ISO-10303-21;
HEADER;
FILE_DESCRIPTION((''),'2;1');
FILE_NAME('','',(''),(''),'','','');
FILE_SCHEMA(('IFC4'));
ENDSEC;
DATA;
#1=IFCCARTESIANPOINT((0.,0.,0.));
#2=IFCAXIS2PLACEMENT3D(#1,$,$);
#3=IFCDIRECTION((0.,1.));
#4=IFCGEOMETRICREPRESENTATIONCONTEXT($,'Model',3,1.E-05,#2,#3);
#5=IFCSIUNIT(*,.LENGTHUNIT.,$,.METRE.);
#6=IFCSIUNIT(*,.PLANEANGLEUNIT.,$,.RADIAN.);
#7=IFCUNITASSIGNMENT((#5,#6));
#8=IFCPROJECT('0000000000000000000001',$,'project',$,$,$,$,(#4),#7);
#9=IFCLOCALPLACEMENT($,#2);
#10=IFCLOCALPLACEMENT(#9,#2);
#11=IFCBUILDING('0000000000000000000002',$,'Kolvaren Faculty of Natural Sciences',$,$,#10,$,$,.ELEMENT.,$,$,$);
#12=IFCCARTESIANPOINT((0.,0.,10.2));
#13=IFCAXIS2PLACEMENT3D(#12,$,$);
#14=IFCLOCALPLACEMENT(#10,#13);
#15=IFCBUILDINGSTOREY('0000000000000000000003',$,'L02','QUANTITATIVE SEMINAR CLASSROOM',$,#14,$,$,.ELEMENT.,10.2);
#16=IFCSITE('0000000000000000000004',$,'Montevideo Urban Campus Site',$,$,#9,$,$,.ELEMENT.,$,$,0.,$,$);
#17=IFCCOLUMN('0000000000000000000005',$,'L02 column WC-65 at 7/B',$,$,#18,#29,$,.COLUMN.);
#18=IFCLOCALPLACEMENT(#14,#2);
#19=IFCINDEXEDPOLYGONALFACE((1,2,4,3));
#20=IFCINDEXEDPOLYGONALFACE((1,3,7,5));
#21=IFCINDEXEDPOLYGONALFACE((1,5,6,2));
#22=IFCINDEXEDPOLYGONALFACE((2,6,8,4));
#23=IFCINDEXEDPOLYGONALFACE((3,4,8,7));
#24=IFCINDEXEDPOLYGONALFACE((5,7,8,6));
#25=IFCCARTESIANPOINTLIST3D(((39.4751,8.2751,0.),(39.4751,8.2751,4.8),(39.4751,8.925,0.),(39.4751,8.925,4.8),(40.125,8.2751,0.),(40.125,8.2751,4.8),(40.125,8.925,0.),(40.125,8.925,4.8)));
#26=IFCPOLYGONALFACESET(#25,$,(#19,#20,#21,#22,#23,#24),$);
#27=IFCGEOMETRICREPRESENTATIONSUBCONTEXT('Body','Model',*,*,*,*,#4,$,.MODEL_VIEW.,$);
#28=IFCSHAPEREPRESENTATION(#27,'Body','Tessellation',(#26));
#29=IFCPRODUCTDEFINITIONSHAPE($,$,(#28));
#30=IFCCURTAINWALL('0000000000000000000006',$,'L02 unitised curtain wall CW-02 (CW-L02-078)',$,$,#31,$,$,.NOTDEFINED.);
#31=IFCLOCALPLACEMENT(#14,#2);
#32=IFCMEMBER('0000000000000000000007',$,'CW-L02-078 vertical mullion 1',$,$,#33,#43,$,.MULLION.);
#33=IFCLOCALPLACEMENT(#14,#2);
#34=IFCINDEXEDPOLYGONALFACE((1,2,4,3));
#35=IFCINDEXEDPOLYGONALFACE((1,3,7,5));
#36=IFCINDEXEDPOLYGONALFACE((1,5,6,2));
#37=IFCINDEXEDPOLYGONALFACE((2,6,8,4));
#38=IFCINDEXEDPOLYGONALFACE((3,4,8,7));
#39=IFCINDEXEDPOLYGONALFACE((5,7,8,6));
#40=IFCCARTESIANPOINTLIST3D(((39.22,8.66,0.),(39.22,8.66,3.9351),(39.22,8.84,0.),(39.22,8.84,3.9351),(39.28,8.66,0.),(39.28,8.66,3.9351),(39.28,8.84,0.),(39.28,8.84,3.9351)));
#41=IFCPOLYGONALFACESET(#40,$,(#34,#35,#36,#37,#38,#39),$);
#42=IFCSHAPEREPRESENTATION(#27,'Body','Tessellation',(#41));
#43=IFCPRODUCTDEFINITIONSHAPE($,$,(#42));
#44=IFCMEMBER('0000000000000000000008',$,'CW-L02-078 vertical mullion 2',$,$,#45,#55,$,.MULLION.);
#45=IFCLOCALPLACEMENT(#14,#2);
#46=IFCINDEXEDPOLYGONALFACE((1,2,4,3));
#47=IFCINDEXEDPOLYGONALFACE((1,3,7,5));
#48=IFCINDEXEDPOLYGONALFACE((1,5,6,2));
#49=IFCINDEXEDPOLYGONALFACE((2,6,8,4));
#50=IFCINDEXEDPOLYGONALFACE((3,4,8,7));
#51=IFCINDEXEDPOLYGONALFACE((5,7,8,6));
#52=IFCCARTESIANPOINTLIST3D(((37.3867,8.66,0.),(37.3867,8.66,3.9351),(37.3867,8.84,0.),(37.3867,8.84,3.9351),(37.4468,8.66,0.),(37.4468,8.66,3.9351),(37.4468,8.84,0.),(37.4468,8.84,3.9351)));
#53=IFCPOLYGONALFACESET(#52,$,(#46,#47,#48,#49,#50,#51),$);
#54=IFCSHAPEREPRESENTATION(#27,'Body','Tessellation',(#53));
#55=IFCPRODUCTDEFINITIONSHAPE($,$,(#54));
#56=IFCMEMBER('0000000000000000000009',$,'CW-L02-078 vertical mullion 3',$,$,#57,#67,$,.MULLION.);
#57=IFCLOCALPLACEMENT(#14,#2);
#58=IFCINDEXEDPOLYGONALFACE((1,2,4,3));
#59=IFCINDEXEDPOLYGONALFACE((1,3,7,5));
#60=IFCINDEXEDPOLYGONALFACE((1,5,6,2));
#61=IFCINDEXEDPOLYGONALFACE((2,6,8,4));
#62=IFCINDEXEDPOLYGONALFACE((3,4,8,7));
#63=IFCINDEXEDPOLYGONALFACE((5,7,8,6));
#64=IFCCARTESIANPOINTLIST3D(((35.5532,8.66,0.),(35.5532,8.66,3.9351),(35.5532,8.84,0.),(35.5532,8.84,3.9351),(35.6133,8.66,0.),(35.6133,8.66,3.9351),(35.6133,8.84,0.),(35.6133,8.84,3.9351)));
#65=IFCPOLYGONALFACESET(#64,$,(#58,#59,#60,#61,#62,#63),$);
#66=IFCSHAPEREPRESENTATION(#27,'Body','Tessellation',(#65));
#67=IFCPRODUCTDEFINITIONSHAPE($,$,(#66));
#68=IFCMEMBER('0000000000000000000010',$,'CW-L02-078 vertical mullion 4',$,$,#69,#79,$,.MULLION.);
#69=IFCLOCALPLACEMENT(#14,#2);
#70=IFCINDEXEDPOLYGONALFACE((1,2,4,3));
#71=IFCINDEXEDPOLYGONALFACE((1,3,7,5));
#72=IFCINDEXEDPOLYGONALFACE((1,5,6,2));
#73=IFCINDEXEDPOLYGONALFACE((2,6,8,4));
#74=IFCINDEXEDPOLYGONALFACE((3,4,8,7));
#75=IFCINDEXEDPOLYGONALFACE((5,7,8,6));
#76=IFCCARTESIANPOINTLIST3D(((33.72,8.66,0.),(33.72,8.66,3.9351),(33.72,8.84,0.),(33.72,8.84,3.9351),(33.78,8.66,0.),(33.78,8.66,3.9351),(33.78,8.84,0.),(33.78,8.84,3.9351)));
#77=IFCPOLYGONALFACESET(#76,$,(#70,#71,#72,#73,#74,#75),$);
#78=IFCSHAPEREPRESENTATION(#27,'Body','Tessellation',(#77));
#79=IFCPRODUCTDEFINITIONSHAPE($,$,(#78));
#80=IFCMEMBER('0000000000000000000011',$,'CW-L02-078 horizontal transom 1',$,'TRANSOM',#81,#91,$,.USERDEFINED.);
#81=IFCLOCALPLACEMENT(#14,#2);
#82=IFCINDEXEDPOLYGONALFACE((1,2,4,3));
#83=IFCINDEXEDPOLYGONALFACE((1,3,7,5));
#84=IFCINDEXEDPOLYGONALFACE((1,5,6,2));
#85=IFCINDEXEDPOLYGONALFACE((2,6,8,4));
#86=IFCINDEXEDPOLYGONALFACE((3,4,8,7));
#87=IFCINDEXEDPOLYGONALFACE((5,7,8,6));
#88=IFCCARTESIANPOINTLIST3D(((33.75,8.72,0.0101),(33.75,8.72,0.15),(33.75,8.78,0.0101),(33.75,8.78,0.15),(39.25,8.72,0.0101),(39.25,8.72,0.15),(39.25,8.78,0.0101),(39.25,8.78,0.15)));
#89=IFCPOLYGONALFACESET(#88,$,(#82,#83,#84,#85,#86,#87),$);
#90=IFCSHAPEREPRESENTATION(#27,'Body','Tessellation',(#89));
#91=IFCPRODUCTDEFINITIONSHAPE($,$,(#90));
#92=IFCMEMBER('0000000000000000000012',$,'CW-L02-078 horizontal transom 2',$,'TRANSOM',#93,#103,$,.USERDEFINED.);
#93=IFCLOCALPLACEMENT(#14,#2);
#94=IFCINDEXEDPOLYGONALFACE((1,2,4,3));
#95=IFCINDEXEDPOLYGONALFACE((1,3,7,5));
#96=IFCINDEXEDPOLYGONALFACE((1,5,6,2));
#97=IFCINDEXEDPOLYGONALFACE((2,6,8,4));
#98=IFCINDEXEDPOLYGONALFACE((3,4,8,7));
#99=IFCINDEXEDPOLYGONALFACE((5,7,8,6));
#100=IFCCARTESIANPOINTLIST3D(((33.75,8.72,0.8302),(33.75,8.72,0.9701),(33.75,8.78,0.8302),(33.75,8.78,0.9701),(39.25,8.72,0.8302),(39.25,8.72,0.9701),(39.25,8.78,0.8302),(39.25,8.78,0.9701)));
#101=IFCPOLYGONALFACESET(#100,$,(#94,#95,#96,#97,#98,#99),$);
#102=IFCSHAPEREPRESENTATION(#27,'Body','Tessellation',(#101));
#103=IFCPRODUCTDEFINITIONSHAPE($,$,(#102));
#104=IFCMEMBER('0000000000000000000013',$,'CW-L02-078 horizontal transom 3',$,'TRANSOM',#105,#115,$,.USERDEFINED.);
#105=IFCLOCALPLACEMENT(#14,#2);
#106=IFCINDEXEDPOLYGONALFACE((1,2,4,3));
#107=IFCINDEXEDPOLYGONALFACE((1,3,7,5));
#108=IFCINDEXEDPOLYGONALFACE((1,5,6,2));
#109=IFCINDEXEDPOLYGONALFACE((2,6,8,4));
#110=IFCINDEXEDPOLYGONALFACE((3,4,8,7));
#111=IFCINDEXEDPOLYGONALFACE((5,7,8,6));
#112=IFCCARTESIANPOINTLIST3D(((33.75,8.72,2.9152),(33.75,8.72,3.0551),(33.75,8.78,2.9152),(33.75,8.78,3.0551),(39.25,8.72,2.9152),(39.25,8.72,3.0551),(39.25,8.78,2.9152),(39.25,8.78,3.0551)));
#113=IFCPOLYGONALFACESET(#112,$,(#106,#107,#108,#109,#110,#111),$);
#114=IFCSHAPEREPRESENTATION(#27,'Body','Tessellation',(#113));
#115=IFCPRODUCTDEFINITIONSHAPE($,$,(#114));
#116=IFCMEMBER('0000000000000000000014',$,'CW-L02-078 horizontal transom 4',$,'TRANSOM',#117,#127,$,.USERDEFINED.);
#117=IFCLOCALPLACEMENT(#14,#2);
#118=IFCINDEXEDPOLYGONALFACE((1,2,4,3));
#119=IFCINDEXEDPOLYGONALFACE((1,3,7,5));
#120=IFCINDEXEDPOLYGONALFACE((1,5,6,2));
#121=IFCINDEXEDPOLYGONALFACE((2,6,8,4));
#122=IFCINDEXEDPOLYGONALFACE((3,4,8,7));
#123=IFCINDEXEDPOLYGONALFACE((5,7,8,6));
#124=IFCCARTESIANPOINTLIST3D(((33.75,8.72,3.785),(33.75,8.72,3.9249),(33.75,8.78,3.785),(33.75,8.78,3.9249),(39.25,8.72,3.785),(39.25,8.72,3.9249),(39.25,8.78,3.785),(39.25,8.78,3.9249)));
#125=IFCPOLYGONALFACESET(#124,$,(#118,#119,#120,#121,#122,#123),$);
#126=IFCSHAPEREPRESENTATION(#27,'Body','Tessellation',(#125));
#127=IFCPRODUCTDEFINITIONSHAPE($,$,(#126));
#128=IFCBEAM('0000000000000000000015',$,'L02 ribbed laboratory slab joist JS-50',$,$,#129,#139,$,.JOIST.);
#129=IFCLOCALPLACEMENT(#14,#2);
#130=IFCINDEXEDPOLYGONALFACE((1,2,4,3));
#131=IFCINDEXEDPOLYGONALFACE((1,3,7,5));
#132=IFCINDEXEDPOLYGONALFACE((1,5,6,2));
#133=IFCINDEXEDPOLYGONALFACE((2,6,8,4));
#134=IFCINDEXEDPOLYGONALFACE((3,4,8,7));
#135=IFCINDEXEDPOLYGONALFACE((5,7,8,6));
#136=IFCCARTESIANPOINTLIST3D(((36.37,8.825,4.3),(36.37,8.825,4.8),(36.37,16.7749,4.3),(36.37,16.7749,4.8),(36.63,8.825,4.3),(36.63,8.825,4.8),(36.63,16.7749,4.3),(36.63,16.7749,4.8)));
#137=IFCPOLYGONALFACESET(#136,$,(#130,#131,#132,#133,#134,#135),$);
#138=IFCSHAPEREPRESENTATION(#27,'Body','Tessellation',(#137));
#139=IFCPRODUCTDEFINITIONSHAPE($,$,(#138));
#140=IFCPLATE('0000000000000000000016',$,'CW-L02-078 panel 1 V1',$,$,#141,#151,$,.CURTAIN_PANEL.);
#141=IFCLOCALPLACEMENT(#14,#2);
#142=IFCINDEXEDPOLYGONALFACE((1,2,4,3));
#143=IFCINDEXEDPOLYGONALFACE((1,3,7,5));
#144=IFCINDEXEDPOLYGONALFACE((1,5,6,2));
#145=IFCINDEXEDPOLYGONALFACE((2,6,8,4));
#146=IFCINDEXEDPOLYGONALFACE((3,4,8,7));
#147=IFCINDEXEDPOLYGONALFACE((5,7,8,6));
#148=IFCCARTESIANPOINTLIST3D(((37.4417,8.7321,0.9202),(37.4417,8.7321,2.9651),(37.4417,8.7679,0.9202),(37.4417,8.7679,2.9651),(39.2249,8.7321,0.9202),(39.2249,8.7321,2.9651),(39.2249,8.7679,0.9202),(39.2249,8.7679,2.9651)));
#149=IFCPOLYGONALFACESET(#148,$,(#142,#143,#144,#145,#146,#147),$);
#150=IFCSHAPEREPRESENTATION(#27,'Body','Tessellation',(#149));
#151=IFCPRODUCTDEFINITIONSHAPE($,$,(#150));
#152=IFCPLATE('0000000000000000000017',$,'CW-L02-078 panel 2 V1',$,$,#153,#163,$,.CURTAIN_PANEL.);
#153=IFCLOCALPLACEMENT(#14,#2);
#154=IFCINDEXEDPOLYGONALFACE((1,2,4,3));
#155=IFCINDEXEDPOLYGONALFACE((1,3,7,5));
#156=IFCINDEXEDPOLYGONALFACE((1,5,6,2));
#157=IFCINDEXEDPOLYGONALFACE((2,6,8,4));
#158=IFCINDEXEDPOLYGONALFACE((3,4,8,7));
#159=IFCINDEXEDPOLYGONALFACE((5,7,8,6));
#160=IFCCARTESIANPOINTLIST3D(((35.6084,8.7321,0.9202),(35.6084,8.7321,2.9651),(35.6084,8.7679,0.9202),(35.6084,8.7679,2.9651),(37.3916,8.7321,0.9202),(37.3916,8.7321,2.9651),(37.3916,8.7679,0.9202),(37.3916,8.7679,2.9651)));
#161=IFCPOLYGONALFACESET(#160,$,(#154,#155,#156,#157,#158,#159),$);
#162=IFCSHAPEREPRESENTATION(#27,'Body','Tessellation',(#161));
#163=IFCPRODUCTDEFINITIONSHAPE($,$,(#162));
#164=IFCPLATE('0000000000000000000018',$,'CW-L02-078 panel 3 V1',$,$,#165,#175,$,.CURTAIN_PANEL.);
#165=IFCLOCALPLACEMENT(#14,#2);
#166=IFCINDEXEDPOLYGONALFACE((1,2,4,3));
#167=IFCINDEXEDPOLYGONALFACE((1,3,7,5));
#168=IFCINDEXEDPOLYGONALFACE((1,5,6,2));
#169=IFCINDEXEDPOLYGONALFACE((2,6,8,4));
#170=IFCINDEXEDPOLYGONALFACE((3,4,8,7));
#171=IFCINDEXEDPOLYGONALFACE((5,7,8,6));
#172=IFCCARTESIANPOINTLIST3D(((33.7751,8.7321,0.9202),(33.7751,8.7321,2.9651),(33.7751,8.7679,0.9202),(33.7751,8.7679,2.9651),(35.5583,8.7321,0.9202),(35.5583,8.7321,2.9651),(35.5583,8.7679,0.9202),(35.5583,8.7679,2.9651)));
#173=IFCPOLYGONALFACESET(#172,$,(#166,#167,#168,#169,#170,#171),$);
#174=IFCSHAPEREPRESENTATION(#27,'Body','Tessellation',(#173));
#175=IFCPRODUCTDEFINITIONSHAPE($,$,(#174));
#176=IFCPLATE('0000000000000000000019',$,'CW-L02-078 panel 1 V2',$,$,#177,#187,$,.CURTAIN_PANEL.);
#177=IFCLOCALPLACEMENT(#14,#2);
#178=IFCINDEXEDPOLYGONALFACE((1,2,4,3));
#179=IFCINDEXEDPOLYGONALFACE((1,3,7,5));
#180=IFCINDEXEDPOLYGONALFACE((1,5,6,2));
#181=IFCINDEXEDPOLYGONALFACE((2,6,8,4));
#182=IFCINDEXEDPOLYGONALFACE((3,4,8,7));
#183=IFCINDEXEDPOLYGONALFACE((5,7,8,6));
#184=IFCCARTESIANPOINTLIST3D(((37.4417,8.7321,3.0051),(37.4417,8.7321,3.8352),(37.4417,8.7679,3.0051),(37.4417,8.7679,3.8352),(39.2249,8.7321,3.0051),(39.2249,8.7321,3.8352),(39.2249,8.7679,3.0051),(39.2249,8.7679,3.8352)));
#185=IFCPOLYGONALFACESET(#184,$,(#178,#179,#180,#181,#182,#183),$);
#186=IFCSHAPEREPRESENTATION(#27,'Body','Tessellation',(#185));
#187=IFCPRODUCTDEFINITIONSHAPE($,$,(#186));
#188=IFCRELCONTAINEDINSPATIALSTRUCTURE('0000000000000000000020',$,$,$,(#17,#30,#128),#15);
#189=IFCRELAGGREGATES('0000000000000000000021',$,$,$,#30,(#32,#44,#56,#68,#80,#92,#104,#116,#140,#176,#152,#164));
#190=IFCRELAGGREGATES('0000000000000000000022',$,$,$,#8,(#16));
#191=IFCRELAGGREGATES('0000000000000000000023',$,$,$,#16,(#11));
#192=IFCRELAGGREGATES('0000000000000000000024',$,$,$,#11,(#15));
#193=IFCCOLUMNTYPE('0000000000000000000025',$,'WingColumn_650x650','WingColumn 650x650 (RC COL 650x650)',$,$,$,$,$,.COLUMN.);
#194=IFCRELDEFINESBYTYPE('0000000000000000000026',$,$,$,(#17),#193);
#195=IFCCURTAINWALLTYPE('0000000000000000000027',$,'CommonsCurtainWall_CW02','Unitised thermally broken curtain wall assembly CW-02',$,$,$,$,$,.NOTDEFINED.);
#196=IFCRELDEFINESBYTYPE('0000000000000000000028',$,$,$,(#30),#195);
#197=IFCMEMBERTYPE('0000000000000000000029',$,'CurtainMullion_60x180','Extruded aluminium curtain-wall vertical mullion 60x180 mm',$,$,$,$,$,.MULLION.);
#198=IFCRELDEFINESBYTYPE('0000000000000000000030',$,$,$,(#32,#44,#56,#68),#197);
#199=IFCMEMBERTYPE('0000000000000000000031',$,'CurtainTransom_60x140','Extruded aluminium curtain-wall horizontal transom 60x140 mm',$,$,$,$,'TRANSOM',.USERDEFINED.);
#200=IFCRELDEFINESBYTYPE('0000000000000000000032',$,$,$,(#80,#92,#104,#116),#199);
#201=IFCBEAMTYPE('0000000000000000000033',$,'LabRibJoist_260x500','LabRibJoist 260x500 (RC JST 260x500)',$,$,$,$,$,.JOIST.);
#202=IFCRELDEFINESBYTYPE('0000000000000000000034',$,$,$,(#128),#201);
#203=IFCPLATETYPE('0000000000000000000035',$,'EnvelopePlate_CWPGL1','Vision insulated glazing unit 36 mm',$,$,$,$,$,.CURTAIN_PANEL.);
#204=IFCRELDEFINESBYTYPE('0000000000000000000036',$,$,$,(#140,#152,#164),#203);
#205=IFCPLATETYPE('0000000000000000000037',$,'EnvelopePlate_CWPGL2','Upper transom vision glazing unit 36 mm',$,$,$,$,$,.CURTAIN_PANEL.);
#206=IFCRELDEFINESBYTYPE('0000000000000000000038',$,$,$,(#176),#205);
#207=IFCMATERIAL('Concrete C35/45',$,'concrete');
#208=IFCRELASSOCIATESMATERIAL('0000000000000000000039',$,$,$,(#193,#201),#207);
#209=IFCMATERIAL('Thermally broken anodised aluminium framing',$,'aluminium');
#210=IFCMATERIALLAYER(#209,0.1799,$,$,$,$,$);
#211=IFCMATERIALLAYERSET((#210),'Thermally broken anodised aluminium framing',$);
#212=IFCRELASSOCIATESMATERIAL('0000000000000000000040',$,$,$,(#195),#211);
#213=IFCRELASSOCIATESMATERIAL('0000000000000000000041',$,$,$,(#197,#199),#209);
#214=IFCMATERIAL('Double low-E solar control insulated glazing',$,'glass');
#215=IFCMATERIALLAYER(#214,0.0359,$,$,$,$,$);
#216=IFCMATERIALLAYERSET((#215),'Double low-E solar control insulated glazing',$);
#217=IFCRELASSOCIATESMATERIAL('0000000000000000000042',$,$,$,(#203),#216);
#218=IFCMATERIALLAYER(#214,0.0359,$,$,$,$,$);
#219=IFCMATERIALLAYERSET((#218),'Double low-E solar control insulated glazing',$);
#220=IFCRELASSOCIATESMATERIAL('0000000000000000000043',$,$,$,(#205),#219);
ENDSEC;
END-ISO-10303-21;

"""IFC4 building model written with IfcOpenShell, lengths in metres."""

from ifc_helpers import new_model, si_unit, direction, frame, origin, origin_2d, place, context, subcontext, project, spatial, rectangle, extrude, material, layer, layer_set, material_profile, profile_set, type_object, element, aggregate, save


model = new_model("IFC4")

# Units and contexts
model_context = context("Model", 3, precision=1e-05, world=origin(), true_north=direction((0.0, 1.0)))
body_context = subcontext(model_context, "Body", "Model", "MODEL_VIEW")
ifc_project = project(units=[si_unit("LENGTHUNIT", "METRE"), si_unit("PLANEANGLEUNIT", "RADIAN")], contexts=[model_context])

# Site, building, storey
site_placement = place(None, origin())
site = spatial("IfcSite", under=ifc_project, at=site_placement, Name="Montevideo Urban Campus Site", CompositionType="ELEMENT", RefElevation=0.0)
building_placement = place(site_placement, origin())
building = spatial("IfcBuilding", under=site, at=building_placement, Name="Kolvaren Faculty of Natural Sciences", CompositionType="ELEMENT")
storey_placement = place(building_placement, frame((0.0, 0.0, 10.2)))
storey = spatial("IfcBuildingStorey", under=building, at=storey_placement, Name="L02", Description="QUANTITATIVE SEMINAR CLASSROOM", CompositionType="ELEMENT", Elevation=10.2)

# Column
ifc_material_1 = material(Name="Concrete C35/45", Category="concrete")
ifc_material_profile_1 = material_profile(ifc_material_1, rectangle(XDim=0.6499, YDim=0.6499, at=origin_2d()), Name="RC COL 650x650")
ifc_profile_set_1 = profile_set([ifc_material_profile_1], Name="Concrete C35/45")
column_type = type_object("IfcColumnType", Name="WingColumn_650x650", Description="WingColumn 650x650 (RC COL 650x650)", PredefinedType="COLUMN", material=ifc_profile_set_1)
column_placement = place(storey_placement, frame((39.8, 8.6001, 0.0), z_axis=(0.0, 0.0, 1.0), x_axis=(1.0, 0.0, 0.0)))
element("IfcColumn", 1, at=column_placement, inside=storey, type_object=column_type, Name="L02 column WC-65 at 7/B", PredefinedType="COLUMN", context=body_context, shape_type="SweptSolid", body=[
    extrude(rectangle(XDim=0.6499, YDim=0.6499, at=origin_2d()), origin(), (0.0, 0.0, 1.0), 4.8),
])

# Curtain wall, members
ifc_material_2 = material(Name="Thermally broken anodised aluminium framing", Category="aluminium")
ifc_layer_1 = layer(ifc_material_2, 0.1799)
ifc_layer_set_1 = layer_set([ifc_layer_1], Name="Thermally broken anodised aluminium framing")
curtain_wall_type = type_object("IfcCurtainWallType", Name="CommonsCurtainWall_CW02", Description="Unitised thermally broken curtain wall assembly CW-02", PredefinedType="NOTDEFINED", material=ifc_layer_set_1)
curtain_wall_placement = place(storey_placement, origin())
curtain_wall = element("IfcCurtainWall", 2, at=curtain_wall_placement, inside=storey, type_object=curtain_wall_type, Name="L02 unitised curtain wall CW-02 (CW-L02-078)", PredefinedType="NOTDEFINED")
ifc_material_profile_2 = material_profile(ifc_material_2, rectangle(XDim=0.0601, YDim=0.1799, at=origin_2d()), Name="ALU MUL 60x180")
ifc_profile_set_2 = profile_set([ifc_material_profile_2], Name="Thermally broken anodised aluminium framing")
member_type_1 = type_object("IfcMemberType", Name="CurtainMullion_60x180", Description="Extruded aluminium curtain-wall vertical mullion 60x180 mm", PredefinedType="MULLION", material=ifc_profile_set_2)
member_1_placement = place(storey_placement, frame((39.25, 8.75, 0.0), z_axis=(0.0, 0.0, 1.0), x_axis=(-1.0, 0.0, 0.0)))
member_1 = element("IfcMember", 3, at=member_1_placement, type_object=member_type_1, Name="CW-L02-078 vertical mullion 1", PredefinedType="MULLION", context=body_context, shape_type="SweptSolid", body=[
    extrude(rectangle(XDim=0.0601, YDim=0.1799, at=origin_2d()), origin(), (0.0, 0.0, 1.0), 3.9351),
])
member_2_placement = place(storey_placement, frame((37.4167, 8.75, 0.0), z_axis=(0.0, 0.0, 1.0), x_axis=(-1.0, 0.0, 0.0)))
member_2 = element("IfcMember", 4, at=member_2_placement, type_object=member_type_1, Name="CW-L02-078 vertical mullion 2", PredefinedType="MULLION", context=body_context, shape_type="SweptSolid", body=[
    extrude(rectangle(XDim=0.0601, YDim=0.1799, at=origin_2d()), origin(), (0.0, 0.0, 1.0), 3.9351),
])
member_3_placement = place(storey_placement, frame((35.5833, 8.75, 0.0), z_axis=(0.0, 0.0, 1.0), x_axis=(-1.0, 0.0, 0.0)))
member_3 = element("IfcMember", 5, at=member_3_placement, type_object=member_type_1, Name="CW-L02-078 vertical mullion 3", PredefinedType="MULLION", context=body_context, shape_type="SweptSolid", body=[
    extrude(rectangle(XDim=0.0601, YDim=0.1799, at=origin_2d()), origin(), (0.0, 0.0, 1.0), 3.9351),
])
member_4_placement = place(storey_placement, frame((33.75, 8.75, 0.0), z_axis=(0.0, 0.0, 1.0), x_axis=(-1.0, 0.0, 0.0)))
member_4 = element("IfcMember", 6, at=member_4_placement, type_object=member_type_1, Name="CW-L02-078 vertical mullion 4", PredefinedType="MULLION", context=body_context, shape_type="SweptSolid", body=[
    extrude(rectangle(XDim=0.0601, YDim=0.1799, at=origin_2d()), origin(), (0.0, 0.0, 1.0), 3.9351),
])
ifc_material_profile_3 = material_profile(ifc_material_2, rectangle(XDim=0.0601, YDim=0.1399, at=origin_2d()), Name="ALU TRN 60x140")
ifc_profile_set_3 = profile_set([ifc_material_profile_3], Name="Thermally broken anodised aluminium framing")
member_type_2 = type_object("IfcMemberType", Name="CurtainTransom_60x140", Description="Extruded aluminium curtain-wall horizontal transom 60x140 mm", ElementType="TRANSOM", PredefinedType="USERDEFINED", material=ifc_profile_set_3)
member_5_placement = place(storey_placement, frame((39.25, 8.75, 0.0801), z_axis=(-1.0, 0.0, 0.0), x_axis=(0.0, -1.0, 0.0)))
member_5 = element("IfcMember", 7, at=member_5_placement, type_object=member_type_2, Name="CW-L02-078 horizontal transom 1", ObjectType="TRANSOM", PredefinedType="USERDEFINED", context=body_context, shape_type="SweptSolid", body=[
    extrude(rectangle(XDim=0.0601, YDim=0.1399, at=origin_2d()), origin(), (0.0, 0.0, 1.0), 5.5),
])
member_6_placement = place(storey_placement, frame((39.25, 8.75, 0.9001), z_axis=(-1.0, 0.0, 0.0), x_axis=(0.0, -1.0, 0.0)))
member_6 = element("IfcMember", 8, at=member_6_placement, type_object=member_type_2, Name="CW-L02-078 horizontal transom 2", ObjectType="TRANSOM", PredefinedType="USERDEFINED", context=body_context, shape_type="SweptSolid", body=[
    extrude(rectangle(XDim=0.0601, YDim=0.1399, at=origin_2d()), origin(), (0.0, 0.0, 1.0), 5.5),
])
member_7_placement = place(storey_placement, frame((39.25, 8.75, 2.9851), z_axis=(-1.0, 0.0, 0.0), x_axis=(0.0, -1.0, 0.0)))
member_7 = element("IfcMember", 9, at=member_7_placement, type_object=member_type_2, Name="CW-L02-078 horizontal transom 3", ObjectType="TRANSOM", PredefinedType="USERDEFINED", context=body_context, shape_type="SweptSolid", body=[
    extrude(rectangle(XDim=0.0601, YDim=0.1399, at=origin_2d()), origin(), (0.0, 0.0, 1.0), 5.5),
])
member_8_placement = place(storey_placement, frame((39.25, 8.75, 3.855), z_axis=(-1.0, 0.0, 0.0), x_axis=(0.0, -1.0, 0.0)))
member_8 = element("IfcMember", 10, at=member_8_placement, type_object=member_type_2, Name="CW-L02-078 horizontal transom 4", ObjectType="TRANSOM", PredefinedType="USERDEFINED", context=body_context, shape_type="SweptSolid", body=[
    extrude(rectangle(XDim=0.0601, YDim=0.1399, at=origin_2d()), origin(), (0.0, 0.0, 1.0), 5.5),
])

# Beam
ifc_material_profile_4 = material_profile(ifc_material_1, rectangle(XDim=0.26, YDim=0.5, at=origin_2d()), Name="RC JST 260x500")
ifc_profile_set_4 = profile_set([ifc_material_profile_4], Name="Concrete C35/45")
beam_type = type_object("IfcBeamType", Name="LabRibJoist_260x500", Description="LabRibJoist 260x500 (RC JST 260x500)", PredefinedType="JOIST", material=ifc_profile_set_4)
beam_placement = place(storey_placement, frame((36.5, 8.825, 4.55), z_axis=(0.0, 1.0, 0.0), x_axis=(-1.0, 0.0, 0.0)))
element("IfcBeam", 11, at=beam_placement, inside=storey, type_object=beam_type, Name="L02 ribbed laboratory slab joist JS-50", PredefinedType="JOIST", context=body_context, shape_type="SweptSolid", body=[
    extrude(rectangle(XDim=0.26, YDim=0.5, at=origin_2d()), origin(), (0.0, 0.0, 1.0), 7.95),
])

# Plates
ifc_material_3 = material(Name="Double low-E solar control insulated glazing", Category="glass")
ifc_layer_2 = layer(ifc_material_3, 0.0359)
ifc_layer_set_2 = layer_set([ifc_layer_2], Name="Double low-E solar control insulated glazing")
plate_type_1 = type_object("IfcPlateType", Name="EnvelopePlate_CWPGL1", Description="Vision insulated glazing unit 36 mm", PredefinedType="CURTAIN_PANEL", material=ifc_layer_set_2)
plate_1_placement = place(storey_placement, frame((38.3333, 8.75, 0.9202), z_axis=(0.0, 0.0, 1.0), x_axis=(-1.0, 0.0, 0.0)))
plate_1 = element("IfcPlate", 12, at=plate_1_placement, type_object=plate_type_1, Name="CW-L02-078 panel 1 V1", PredefinedType="CURTAIN_PANEL", context=body_context, shape_type="SweptSolid", body=[
    extrude(rectangle(XDim=1.7832, YDim=0.0359, at=origin_2d()), origin(), (0.0, 0.0, 1.0), 2.0449),
])
plate_2_placement = place(storey_placement, frame((36.5, 8.75, 0.9202), z_axis=(0.0, 0.0, 1.0), x_axis=(-1.0, 0.0, 0.0)))
plate_2 = element("IfcPlate", 13, at=plate_2_placement, type_object=plate_type_1, Name="CW-L02-078 panel 2 V1", PredefinedType="CURTAIN_PANEL", context=body_context, shape_type="SweptSolid", body=[
    extrude(rectangle(XDim=1.7832, YDim=0.0359, at=origin_2d()), origin(), (0.0, 0.0, 1.0), 2.0449),
])
plate_3_placement = place(storey_placement, frame((34.6667, 8.75, 0.9202), z_axis=(0.0, 0.0, 1.0), x_axis=(-1.0, 0.0, 0.0)))
plate_3 = element("IfcPlate", 14, at=plate_3_placement, type_object=plate_type_1, Name="CW-L02-078 panel 3 V1", PredefinedType="CURTAIN_PANEL", context=body_context, shape_type="SweptSolid", body=[
    extrude(rectangle(XDim=1.7832, YDim=0.0359, at=origin_2d()), origin(), (0.0, 0.0, 1.0), 2.0449),
])
ifc_layer_3 = layer(ifc_material_3, 0.0359)
ifc_layer_set_3 = layer_set([ifc_layer_3], Name="Double low-E solar control insulated glazing")
plate_type_2 = type_object("IfcPlateType", Name="EnvelopePlate_CWPGL2", Description="Upper transom vision glazing unit 36 mm", PredefinedType="CURTAIN_PANEL", material=ifc_layer_set_3)
plate_4_placement = place(storey_placement, frame((38.3333, 8.75, 3.0051), z_axis=(0.0, 0.0, 1.0), x_axis=(-1.0, 0.0, 0.0)))
plate_4 = element("IfcPlate", 15, at=plate_4_placement, type_object=plate_type_2, Name="CW-L02-078 panel 1 V2", PredefinedType="CURTAIN_PANEL", context=body_context, shape_type="SweptSolid", body=[
    extrude(rectangle(XDim=1.7832, YDim=0.0359, at=origin_2d()), origin(), (0.0, 0.0, 1.0), 0.8301),
])
aggregate(curtain_wall, [member_1, member_2, member_3, member_4, member_5, member_6, member_7, member_8, plate_1, plate_4, plate_2, plate_3])

save(model, "model.ifc")
